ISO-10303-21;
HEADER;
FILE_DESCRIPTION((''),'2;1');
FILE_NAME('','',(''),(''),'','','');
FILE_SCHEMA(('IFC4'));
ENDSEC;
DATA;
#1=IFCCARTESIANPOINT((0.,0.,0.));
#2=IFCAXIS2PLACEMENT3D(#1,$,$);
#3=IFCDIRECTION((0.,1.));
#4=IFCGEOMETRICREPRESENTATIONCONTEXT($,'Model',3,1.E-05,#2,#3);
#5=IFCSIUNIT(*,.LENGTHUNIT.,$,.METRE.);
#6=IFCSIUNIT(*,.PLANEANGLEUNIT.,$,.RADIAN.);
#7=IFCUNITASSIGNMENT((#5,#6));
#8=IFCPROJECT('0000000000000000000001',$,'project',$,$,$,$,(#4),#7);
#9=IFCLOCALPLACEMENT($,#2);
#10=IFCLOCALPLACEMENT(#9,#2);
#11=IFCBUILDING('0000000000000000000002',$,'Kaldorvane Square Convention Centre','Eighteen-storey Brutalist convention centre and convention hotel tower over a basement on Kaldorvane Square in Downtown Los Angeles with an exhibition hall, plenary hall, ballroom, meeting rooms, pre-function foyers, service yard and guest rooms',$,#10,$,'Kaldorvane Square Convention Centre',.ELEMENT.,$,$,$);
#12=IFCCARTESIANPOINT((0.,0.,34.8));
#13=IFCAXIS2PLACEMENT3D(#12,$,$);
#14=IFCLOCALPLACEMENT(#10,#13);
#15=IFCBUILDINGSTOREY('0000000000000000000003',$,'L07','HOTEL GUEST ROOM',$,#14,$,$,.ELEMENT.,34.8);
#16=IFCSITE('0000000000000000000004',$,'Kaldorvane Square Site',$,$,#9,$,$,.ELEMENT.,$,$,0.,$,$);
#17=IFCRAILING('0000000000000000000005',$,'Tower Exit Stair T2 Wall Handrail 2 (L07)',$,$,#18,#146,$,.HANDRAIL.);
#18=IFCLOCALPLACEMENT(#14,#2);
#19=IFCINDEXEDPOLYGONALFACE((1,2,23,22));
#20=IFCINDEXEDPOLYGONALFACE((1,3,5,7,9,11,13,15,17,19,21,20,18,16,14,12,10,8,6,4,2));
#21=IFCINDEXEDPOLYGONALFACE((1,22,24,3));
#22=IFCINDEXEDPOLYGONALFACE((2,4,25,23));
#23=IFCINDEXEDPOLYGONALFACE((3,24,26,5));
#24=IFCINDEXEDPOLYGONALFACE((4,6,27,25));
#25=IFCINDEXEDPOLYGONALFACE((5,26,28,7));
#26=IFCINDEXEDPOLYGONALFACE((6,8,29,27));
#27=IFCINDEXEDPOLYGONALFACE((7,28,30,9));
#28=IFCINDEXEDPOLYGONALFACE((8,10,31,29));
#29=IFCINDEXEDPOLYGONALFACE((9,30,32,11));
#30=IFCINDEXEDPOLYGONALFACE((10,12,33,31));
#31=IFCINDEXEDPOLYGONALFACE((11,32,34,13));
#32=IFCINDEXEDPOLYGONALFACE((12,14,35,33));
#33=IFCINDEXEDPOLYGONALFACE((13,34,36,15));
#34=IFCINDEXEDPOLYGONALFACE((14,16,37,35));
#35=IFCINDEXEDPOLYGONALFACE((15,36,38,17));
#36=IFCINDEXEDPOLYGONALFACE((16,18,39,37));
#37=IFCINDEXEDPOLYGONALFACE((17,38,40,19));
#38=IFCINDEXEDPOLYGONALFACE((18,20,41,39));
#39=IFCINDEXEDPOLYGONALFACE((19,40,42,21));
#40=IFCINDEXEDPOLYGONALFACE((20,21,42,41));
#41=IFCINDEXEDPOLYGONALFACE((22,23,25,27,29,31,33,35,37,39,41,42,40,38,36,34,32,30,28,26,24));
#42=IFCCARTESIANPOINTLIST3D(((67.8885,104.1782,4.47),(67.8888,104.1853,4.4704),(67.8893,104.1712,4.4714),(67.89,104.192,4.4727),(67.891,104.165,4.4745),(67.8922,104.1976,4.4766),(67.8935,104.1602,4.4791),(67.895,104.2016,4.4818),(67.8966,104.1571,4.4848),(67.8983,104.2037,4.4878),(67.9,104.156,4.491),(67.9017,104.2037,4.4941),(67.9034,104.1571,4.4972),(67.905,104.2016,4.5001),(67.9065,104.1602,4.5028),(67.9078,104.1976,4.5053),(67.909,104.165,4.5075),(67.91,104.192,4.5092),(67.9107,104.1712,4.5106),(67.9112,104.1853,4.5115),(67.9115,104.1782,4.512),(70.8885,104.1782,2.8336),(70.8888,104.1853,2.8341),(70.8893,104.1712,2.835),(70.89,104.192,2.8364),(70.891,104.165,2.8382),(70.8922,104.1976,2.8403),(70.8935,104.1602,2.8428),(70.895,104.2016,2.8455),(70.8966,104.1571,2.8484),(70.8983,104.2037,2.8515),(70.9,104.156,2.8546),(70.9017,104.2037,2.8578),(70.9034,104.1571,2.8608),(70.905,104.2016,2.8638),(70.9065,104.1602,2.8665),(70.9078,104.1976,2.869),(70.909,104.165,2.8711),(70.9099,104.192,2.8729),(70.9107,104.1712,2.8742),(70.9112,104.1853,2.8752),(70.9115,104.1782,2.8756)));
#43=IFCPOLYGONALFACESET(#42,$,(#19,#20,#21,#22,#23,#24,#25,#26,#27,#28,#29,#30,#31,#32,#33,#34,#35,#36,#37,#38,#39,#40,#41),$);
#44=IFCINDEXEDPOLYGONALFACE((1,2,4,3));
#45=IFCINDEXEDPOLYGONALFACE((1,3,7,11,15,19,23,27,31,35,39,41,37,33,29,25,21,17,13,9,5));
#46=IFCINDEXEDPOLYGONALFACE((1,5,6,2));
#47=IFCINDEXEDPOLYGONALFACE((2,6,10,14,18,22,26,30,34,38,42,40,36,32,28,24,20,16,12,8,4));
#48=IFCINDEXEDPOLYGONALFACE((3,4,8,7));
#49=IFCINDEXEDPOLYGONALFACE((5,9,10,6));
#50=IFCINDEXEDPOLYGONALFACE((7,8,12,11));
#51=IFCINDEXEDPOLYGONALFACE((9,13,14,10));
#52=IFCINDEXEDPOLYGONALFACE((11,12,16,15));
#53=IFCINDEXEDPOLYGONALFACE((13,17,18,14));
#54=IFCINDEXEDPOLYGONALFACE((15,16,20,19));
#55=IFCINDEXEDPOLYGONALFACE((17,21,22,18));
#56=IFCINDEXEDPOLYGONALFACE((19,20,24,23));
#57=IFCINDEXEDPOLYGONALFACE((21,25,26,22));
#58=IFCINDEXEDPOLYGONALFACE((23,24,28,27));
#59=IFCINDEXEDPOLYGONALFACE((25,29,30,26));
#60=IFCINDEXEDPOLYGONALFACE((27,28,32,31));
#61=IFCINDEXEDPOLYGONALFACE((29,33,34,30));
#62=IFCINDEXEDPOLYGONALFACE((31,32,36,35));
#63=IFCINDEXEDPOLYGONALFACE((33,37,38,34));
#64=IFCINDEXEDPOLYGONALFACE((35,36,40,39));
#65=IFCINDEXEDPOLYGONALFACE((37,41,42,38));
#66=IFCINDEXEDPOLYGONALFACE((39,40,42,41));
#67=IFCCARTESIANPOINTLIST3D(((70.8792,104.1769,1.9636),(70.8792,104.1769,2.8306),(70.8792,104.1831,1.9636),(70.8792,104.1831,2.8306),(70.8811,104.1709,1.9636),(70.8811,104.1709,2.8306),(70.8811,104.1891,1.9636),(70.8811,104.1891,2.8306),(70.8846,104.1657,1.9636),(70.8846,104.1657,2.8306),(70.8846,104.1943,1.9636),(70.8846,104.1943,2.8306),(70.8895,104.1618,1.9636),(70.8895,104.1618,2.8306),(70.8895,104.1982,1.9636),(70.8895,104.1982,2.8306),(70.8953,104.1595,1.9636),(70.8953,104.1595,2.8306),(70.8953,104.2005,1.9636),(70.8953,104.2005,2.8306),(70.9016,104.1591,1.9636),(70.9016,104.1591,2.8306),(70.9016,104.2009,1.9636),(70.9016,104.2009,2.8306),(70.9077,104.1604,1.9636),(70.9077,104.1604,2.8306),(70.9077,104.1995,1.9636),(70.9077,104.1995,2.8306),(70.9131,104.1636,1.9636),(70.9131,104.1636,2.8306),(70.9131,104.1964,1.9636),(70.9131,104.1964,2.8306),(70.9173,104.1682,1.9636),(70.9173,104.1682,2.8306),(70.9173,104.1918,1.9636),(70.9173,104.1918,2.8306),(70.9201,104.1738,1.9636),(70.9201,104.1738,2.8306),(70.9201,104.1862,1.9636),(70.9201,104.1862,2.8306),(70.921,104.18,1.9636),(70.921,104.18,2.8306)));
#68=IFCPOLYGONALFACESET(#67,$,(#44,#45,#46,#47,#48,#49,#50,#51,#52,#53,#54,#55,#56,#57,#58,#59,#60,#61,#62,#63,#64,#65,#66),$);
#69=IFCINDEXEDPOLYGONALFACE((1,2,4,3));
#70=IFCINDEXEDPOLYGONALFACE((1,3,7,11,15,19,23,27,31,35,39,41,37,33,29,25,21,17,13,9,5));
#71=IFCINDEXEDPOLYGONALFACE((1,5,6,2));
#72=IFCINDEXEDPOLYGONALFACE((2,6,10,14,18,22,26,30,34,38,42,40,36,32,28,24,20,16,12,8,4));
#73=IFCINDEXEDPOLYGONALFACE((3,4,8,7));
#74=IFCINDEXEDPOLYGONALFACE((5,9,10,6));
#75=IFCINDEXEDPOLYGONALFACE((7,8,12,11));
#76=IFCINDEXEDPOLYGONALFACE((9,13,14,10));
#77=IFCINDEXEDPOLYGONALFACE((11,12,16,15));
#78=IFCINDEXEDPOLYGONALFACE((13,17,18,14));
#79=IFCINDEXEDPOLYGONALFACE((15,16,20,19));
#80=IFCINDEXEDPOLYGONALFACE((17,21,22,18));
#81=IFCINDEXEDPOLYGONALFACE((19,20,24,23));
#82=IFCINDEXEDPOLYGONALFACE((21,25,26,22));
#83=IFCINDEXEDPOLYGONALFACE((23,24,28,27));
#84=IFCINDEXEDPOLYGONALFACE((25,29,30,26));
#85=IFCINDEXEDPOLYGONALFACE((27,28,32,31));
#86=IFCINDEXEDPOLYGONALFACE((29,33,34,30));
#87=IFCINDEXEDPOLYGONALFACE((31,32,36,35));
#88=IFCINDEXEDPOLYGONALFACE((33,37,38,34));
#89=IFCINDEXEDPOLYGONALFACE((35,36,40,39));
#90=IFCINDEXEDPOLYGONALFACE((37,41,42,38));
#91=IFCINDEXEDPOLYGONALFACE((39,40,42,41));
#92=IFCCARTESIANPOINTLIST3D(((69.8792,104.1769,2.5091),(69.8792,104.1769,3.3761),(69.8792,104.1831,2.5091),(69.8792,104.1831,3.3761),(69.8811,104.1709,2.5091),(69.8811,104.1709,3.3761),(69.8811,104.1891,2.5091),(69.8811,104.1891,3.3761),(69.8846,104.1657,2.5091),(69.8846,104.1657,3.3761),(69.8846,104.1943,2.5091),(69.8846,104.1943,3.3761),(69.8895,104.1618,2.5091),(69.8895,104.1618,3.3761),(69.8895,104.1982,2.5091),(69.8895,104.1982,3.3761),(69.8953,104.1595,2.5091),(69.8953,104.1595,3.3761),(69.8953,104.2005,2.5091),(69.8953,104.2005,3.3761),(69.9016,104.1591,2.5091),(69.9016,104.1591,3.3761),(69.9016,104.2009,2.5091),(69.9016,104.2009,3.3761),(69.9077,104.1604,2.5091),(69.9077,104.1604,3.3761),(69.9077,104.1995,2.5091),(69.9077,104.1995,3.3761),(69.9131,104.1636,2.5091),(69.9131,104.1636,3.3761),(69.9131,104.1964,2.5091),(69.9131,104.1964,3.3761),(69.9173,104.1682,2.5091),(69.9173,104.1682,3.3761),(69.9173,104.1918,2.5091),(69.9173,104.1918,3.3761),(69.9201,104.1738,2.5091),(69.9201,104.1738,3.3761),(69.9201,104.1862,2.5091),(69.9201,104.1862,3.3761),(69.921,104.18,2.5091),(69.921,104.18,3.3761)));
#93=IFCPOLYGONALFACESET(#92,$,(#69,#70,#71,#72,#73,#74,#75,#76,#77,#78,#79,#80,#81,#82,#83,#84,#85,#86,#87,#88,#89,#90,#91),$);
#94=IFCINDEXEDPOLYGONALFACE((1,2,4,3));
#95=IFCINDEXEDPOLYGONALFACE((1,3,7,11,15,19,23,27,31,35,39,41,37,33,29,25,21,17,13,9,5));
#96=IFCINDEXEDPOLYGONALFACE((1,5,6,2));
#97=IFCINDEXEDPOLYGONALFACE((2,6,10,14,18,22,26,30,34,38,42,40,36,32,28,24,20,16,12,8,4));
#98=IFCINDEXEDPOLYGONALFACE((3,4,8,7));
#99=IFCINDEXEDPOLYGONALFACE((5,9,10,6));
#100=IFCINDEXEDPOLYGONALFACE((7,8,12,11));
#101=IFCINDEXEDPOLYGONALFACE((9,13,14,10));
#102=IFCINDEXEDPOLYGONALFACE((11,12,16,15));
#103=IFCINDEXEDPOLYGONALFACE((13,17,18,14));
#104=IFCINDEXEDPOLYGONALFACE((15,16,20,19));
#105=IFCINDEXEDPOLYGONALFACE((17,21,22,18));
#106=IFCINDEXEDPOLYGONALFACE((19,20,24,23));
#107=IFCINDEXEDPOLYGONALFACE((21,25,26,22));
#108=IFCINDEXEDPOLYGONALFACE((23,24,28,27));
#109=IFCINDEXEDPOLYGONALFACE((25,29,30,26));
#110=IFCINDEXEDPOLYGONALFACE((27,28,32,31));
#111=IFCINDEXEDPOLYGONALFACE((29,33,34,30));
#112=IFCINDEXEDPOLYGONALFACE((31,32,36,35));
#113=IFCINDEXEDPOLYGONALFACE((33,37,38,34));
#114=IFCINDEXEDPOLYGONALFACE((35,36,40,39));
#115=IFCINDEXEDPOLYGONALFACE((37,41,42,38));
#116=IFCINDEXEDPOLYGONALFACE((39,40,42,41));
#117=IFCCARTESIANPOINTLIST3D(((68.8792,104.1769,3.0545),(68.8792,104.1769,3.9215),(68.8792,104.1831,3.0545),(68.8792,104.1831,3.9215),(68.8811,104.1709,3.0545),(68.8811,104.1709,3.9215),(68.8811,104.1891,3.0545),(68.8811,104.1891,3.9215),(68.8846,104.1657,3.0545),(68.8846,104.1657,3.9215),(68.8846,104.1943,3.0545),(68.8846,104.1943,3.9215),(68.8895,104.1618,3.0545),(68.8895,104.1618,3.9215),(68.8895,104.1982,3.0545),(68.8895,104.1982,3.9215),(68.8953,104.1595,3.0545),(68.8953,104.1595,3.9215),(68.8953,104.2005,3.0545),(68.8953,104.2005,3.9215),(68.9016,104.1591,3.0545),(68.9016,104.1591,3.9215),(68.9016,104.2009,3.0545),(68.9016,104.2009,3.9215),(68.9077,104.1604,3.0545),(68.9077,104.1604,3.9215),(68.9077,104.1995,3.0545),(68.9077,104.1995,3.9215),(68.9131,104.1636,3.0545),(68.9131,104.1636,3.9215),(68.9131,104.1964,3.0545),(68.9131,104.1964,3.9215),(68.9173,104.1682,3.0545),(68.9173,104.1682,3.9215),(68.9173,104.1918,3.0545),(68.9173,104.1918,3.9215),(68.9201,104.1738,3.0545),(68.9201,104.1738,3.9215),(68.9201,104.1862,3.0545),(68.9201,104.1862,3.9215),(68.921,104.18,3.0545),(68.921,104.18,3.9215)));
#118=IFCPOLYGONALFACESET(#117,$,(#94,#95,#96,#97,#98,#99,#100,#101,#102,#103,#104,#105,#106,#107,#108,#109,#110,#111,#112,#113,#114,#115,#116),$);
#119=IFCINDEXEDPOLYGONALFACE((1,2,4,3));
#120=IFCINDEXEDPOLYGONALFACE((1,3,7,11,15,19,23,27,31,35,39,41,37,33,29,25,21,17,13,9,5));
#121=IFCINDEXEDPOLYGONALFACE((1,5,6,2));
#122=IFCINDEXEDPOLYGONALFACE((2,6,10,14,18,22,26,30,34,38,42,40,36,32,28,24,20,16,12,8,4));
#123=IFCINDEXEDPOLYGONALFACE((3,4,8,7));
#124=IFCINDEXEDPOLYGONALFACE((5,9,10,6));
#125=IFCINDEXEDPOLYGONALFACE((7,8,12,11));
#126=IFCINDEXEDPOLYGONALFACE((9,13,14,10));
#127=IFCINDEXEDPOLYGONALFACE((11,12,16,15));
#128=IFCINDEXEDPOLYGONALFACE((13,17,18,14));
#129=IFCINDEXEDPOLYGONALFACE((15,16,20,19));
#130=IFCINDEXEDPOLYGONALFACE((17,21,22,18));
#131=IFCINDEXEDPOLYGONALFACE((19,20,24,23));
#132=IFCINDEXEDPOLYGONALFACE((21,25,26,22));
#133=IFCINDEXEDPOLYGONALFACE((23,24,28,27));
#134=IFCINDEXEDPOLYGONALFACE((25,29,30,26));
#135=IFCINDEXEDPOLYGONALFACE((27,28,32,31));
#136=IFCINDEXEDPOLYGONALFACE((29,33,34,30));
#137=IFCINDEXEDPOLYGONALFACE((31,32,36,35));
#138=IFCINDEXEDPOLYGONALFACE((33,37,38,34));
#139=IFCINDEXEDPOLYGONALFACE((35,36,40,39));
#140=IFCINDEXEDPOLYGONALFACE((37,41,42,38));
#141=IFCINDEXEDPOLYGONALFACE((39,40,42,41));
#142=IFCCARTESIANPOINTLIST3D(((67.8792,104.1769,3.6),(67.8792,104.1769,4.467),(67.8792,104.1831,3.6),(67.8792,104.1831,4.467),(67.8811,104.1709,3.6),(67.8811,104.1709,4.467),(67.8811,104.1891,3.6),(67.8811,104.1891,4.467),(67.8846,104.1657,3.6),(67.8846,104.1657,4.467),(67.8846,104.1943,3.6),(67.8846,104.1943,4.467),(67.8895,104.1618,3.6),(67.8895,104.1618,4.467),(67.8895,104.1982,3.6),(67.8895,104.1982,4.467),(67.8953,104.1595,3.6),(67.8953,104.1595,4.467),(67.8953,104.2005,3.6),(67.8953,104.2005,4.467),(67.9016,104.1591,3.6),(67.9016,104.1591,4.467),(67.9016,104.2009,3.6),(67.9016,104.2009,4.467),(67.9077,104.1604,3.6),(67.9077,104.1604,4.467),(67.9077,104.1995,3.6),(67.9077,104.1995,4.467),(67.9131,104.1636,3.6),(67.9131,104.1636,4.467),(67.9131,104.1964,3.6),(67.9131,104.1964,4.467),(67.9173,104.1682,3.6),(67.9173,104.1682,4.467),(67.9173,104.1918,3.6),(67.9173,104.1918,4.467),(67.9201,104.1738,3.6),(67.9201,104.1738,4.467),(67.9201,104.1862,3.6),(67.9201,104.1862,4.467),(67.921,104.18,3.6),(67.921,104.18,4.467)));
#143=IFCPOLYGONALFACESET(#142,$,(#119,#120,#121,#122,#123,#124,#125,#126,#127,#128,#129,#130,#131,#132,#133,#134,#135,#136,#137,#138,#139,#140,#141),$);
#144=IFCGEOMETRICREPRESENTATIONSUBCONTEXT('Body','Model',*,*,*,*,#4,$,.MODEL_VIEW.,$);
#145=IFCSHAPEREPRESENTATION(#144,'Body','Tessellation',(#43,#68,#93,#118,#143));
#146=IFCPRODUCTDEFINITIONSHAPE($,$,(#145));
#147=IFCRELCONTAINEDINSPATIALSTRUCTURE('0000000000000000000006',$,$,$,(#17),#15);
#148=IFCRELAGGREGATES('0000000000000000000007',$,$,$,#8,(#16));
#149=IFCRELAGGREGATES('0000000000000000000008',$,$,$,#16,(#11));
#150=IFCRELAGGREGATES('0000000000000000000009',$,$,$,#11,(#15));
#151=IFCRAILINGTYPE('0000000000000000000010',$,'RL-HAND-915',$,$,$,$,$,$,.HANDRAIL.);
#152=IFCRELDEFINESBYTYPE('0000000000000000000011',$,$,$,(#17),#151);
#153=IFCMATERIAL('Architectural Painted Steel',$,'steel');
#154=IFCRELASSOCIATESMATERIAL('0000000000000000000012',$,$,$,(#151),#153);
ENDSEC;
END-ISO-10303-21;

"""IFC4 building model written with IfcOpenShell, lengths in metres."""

from ifc_helpers import new_model, si_unit, direction, frame, origin, origin_2d, place, context, subcontext, project, spatial, circle, extrude, material, type_object, element, save


model = new_model("IFC4")

# Units and contexts
model_context = context("Model", 3, precision=1e-05, world=origin(), true_north=direction((0.0, 1.0)))
body_context = subcontext(model_context, "Body", "Model", "MODEL_VIEW")
ifc_project = project(units=[si_unit("LENGTHUNIT", "METRE"), si_unit("PLANEANGLEUNIT", "RADIAN")], contexts=[model_context])

# Site, building, storey
site_placement = place(None, origin())
site = spatial("IfcSite", under=ifc_project, at=site_placement, Name="Kaldorvane Square Site", CompositionType="ELEMENT", RefElevation=0.0)
building_placement = place(site_placement, origin())
building = spatial("IfcBuilding", under=site, at=building_placement, Name="Kaldorvane Square Convention Centre", Description="Eighteen-storey Brutalist convention centre and convention hotel tower over a basement on Kaldorvane Square in Downtown Los Angeles with an exhibition hall, plenary hall, ballroom, meeting rooms, pre-function foyers, service yard and guest rooms", LongName="Kaldorvane Square Convention Centre", CompositionType="ELEMENT")
storey_placement = place(building_placement, frame((0.0, 0.0, 34.8)))
storey = spatial("IfcBuildingStorey", under=building, at=storey_placement, Name="L07", Description="HOTEL GUEST ROOM", CompositionType="ELEMENT", Elevation=34.8)

# Railing
ifc_material_1 = material(Name="Architectural Painted Steel", Category="steel")
railing_type_1 = type_object("IfcRailingType", Name="RL-HAND-915", PredefinedType="HANDRAIL", material=ifc_material_1)
railing_1_placement = place(storey_placement, frame((70.9, 104.18, 1.9636)))
element("IfcRailing", 1, at=railing_1_placement, inside=storey, type_object=railing_type_1, Name="Tower Exit Stair T2 Wall Handrail 2 (L07)", PredefinedType="HANDRAIL", context=body_context, shape_type="SweptSolid", body=[
    extrude(circle(Radius=0.024, at=origin_2d()), frame((0.0, 0.0, 0.891), z_axis=(-0.877897, 0.0, 0.47885), x_axis=(0.0, -1.0, 0.0)), (0.0, 0.0, 1.0), 3.4173),
    extrude(circle(Radius=0.021, at=origin_2d()), origin(), (0.0, 0.0, 1.0), 0.867),
    extrude(circle(Radius=0.021, at=origin_2d()), frame((-1.0, 0.0, 0.5455)), (0.0, 0.0, 1.0), 0.867),
    extrude(circle(Radius=0.021, at=origin_2d()), frame((-2.0, 0.0, 1.0909)), (0.0, 0.0, 1.0), 0.867),
    extrude(circle(Radius=0.021, at=origin_2d()), frame((-3.0, 0.0, 1.6364)), (0.0, 0.0, 1.0), 0.867),
])

save(model, "model.ifc")
